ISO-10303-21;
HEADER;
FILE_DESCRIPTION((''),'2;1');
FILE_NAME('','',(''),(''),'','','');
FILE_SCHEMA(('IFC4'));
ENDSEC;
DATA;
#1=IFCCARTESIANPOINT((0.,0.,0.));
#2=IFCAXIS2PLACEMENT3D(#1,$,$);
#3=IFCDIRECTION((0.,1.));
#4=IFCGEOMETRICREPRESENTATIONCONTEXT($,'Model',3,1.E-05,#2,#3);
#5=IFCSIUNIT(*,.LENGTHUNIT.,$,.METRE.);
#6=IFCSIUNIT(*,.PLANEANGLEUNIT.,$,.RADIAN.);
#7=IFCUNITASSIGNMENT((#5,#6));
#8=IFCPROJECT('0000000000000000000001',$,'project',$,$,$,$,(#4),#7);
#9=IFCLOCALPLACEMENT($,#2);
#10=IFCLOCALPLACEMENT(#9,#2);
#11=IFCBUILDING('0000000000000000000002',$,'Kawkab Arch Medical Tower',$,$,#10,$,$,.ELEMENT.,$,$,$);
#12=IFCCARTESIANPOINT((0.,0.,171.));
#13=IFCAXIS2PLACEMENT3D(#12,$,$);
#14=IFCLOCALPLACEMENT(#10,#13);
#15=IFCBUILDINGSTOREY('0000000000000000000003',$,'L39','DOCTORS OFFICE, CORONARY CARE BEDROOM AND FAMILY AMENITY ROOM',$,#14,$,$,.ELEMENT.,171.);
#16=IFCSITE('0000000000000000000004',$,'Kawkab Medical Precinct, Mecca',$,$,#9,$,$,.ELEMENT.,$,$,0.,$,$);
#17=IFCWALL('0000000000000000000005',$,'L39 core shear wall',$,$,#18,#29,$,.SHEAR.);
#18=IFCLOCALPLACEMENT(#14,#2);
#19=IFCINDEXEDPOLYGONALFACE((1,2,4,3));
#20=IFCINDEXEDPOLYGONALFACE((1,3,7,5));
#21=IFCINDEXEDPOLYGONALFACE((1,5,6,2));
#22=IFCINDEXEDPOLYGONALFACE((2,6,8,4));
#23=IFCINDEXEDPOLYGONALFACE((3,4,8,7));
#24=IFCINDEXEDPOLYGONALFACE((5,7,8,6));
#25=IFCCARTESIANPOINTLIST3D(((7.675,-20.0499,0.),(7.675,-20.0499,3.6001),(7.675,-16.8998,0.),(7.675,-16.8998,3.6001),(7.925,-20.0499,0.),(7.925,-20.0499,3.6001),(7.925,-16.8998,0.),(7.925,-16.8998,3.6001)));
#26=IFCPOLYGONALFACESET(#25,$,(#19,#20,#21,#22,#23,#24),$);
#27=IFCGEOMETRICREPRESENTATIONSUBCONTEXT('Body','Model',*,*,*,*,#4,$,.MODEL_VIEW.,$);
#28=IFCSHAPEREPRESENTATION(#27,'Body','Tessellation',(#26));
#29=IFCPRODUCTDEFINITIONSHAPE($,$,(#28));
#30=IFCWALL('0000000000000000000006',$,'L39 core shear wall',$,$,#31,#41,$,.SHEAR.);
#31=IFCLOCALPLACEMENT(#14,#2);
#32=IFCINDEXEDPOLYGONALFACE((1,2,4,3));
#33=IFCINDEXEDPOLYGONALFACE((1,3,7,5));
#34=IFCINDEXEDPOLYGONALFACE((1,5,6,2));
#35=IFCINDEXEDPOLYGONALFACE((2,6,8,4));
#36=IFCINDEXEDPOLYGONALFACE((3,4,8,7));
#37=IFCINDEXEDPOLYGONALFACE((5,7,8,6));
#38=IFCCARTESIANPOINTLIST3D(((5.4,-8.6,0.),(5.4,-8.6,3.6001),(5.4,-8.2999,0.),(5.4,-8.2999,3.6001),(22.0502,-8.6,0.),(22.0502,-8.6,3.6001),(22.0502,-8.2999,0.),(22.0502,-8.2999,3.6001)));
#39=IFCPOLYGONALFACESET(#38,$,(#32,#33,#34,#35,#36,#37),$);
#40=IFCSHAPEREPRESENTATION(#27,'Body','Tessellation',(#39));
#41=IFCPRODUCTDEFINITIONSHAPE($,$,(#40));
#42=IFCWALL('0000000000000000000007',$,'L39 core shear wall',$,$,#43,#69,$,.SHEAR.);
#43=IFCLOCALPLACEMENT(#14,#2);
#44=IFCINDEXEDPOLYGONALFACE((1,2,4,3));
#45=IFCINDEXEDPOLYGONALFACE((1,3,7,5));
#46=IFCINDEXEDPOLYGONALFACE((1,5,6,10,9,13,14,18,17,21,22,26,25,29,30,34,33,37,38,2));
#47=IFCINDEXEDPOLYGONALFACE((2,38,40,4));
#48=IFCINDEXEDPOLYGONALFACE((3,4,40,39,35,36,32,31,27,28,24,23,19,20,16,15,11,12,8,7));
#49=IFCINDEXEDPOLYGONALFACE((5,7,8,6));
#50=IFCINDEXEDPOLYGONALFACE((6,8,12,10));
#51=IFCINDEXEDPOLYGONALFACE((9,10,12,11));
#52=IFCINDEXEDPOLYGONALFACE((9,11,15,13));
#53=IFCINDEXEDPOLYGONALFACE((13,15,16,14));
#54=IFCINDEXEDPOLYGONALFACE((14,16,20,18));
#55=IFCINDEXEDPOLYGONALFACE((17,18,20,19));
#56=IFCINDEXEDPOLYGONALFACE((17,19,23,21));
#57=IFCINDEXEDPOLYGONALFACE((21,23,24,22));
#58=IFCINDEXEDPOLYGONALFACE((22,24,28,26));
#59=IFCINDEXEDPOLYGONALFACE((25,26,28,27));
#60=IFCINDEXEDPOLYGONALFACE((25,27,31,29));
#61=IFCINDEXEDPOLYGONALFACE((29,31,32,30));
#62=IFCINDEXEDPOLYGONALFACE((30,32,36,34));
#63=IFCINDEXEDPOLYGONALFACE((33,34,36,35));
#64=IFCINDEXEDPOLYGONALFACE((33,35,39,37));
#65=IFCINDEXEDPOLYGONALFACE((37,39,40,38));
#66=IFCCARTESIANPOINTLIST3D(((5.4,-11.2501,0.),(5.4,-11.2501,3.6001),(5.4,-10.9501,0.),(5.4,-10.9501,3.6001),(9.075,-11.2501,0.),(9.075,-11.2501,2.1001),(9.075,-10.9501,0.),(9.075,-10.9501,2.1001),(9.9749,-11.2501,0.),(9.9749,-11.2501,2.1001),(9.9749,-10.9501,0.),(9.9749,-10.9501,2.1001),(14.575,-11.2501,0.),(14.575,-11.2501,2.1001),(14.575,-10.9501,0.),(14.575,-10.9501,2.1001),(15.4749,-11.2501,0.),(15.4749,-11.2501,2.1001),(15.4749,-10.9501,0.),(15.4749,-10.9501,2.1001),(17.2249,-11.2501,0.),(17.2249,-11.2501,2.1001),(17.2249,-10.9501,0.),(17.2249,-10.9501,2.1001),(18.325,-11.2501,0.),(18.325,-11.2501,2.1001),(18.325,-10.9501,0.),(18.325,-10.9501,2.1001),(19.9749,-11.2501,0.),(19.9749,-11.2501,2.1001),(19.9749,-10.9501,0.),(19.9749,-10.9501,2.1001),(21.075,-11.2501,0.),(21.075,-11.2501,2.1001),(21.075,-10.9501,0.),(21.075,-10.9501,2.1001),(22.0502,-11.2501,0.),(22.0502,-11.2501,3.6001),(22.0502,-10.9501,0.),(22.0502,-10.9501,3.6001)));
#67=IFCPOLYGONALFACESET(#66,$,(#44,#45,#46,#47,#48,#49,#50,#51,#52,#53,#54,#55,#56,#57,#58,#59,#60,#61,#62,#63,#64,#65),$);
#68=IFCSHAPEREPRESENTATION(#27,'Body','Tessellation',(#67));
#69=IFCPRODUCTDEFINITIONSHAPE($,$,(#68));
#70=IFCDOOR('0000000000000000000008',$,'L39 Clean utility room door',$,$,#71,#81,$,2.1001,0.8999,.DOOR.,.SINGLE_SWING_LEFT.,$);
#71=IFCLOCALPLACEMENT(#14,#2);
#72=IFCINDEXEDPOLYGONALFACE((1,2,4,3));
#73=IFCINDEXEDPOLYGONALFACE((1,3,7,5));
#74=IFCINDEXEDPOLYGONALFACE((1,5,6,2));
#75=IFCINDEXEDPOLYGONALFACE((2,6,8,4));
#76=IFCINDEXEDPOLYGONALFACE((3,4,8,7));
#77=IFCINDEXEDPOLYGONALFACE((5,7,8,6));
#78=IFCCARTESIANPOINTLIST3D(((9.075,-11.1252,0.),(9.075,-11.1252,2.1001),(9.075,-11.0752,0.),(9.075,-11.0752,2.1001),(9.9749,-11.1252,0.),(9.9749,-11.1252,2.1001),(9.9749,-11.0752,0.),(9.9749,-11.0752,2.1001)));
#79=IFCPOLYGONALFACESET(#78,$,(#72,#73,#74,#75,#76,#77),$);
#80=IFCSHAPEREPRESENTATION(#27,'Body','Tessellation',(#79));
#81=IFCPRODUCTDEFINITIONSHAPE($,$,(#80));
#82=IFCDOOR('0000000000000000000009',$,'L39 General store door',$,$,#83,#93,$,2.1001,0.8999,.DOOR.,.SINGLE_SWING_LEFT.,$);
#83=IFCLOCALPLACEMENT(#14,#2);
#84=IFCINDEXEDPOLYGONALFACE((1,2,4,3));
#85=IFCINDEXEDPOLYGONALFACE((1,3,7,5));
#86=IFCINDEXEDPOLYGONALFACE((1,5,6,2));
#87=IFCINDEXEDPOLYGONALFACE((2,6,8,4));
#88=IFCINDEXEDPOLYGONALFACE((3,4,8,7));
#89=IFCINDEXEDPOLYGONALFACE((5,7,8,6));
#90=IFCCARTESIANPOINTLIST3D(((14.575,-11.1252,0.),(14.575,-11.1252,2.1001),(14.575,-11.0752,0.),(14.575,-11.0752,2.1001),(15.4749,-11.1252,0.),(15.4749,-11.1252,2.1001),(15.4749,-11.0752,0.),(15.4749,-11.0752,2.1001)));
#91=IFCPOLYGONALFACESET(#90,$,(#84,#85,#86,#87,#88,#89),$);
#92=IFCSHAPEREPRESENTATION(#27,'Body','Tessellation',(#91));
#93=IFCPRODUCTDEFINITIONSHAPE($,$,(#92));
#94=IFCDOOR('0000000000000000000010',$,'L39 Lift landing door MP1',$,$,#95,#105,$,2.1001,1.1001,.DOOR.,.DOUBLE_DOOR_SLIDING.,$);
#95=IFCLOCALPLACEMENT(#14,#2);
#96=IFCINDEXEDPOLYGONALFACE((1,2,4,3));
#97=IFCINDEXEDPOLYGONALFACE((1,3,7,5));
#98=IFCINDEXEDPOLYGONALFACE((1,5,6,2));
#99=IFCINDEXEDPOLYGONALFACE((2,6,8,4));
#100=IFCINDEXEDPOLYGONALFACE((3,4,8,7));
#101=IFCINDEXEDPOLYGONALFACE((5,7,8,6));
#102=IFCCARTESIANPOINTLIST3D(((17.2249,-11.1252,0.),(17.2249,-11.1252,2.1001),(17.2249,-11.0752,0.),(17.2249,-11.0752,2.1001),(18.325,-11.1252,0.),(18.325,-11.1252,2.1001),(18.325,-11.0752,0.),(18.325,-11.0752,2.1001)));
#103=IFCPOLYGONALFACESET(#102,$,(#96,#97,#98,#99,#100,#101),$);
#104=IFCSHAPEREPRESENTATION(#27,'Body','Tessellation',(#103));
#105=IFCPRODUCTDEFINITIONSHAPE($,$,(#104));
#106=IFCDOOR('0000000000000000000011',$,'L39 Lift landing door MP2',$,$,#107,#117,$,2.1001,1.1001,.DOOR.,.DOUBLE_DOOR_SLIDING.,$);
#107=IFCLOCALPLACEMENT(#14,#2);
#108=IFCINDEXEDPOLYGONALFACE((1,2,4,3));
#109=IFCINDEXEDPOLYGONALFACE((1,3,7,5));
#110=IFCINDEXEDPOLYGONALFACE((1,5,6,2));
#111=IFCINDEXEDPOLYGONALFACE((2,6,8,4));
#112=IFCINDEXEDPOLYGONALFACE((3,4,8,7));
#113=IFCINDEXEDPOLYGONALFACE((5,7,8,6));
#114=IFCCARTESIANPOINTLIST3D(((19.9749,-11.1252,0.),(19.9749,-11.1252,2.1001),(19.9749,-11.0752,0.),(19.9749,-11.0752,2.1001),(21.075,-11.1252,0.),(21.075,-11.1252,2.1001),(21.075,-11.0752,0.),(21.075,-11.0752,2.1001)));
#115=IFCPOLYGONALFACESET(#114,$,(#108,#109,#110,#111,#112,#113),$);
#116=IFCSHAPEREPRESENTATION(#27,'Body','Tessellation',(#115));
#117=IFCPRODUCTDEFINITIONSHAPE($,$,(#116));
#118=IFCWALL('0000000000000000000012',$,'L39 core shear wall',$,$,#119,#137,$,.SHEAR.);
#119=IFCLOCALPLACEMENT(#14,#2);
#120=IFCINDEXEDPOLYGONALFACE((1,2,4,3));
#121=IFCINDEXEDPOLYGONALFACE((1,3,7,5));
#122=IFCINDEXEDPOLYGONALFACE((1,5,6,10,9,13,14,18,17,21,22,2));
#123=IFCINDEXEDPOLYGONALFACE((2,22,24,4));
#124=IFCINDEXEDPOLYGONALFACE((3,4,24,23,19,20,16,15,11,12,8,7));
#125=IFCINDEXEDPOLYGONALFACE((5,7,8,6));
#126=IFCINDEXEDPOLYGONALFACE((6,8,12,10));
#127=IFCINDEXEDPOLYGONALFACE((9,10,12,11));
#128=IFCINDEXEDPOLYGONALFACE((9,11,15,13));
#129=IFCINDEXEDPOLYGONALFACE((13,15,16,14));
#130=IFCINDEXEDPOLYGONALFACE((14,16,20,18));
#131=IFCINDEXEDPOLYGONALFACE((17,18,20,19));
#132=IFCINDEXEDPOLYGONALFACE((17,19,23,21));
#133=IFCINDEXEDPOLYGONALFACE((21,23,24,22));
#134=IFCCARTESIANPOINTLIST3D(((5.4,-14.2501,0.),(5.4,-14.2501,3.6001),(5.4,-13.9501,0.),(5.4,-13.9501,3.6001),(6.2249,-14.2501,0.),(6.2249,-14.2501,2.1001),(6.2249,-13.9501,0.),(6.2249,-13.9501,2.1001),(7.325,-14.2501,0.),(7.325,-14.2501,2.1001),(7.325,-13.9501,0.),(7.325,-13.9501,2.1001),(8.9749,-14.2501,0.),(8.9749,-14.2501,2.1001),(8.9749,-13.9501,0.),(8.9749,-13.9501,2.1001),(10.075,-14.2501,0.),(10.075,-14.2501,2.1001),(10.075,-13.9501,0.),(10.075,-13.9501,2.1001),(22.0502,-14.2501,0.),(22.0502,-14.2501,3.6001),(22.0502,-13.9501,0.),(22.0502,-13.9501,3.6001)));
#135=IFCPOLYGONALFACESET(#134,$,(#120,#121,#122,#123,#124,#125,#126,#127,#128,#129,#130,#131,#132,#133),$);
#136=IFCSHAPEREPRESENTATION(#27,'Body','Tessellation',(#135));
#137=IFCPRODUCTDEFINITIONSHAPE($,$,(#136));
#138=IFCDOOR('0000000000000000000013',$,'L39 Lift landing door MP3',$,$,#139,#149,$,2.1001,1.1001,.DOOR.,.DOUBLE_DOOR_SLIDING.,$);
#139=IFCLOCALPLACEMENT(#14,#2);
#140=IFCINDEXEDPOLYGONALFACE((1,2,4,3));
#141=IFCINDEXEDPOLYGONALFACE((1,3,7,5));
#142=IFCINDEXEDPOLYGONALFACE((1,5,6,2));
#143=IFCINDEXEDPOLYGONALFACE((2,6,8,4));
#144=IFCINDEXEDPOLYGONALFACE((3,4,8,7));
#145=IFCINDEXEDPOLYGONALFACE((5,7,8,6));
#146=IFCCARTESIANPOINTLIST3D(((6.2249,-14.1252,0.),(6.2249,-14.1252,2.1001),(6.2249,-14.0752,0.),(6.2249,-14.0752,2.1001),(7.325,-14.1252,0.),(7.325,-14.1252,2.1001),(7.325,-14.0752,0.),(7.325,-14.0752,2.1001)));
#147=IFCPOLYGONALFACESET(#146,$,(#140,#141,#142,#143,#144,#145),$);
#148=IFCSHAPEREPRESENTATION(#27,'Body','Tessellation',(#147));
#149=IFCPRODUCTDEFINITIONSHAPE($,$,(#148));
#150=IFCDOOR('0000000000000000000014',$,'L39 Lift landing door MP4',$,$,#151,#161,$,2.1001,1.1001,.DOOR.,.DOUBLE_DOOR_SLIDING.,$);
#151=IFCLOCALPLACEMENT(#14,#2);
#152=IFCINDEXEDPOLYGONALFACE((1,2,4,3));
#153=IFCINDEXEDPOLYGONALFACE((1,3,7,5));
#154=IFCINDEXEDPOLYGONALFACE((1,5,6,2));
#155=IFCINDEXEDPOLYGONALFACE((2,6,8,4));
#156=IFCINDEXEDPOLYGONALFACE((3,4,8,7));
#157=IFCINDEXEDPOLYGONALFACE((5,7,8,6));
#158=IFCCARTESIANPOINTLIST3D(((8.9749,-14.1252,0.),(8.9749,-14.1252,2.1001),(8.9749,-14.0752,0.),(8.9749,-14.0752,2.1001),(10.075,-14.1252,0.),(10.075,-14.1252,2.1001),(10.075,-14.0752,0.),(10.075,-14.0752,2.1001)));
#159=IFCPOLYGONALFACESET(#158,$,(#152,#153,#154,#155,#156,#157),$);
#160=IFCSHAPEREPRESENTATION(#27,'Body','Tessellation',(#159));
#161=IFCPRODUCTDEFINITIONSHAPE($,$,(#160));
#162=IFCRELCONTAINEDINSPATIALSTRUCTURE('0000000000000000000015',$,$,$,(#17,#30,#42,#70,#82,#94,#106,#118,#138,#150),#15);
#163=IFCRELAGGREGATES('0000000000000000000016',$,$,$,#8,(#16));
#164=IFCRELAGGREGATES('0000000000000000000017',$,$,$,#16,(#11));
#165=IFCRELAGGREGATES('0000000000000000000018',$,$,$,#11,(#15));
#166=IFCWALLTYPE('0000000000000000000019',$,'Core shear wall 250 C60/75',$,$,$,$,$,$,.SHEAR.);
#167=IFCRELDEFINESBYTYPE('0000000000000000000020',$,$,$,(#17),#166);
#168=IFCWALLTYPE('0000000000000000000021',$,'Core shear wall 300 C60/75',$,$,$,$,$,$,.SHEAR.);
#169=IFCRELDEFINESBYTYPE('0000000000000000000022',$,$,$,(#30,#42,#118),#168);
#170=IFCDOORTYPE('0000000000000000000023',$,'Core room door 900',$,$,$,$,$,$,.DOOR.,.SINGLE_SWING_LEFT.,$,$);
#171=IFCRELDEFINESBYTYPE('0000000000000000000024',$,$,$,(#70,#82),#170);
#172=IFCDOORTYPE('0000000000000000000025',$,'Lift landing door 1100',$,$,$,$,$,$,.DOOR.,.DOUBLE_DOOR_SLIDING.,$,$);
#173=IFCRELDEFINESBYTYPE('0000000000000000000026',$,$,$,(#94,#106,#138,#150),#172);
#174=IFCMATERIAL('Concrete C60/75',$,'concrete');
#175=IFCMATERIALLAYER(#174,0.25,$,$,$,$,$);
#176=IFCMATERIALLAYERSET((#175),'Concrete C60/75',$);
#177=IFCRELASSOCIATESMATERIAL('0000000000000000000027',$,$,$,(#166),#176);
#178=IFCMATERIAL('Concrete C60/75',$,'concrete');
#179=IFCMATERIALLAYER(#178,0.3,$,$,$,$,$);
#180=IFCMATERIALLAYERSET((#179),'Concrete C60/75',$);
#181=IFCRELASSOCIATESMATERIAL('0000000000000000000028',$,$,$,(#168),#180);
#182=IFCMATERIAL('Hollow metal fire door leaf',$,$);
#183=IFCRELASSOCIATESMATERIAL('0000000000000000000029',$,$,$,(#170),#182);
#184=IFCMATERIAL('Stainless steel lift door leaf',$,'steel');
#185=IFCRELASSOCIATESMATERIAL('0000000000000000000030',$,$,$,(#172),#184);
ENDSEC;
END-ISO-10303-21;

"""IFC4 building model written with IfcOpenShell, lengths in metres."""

from ifc_helpers import new_model, si_unit, direction, frame, frame_2d, origin, place, context, subcontext, project, spatial, rectangle, extrude, material, layer, layer_set, type_object, element, fill, save


model = new_model("IFC4")

# Units and contexts
model_context = context("Model", 3, precision=1e-05, world=origin(), true_north=direction((0.0, 1.0)))
body_context = subcontext(model_context, "Body", "Model", "MODEL_VIEW")
ifc_project = project(units=[si_unit("LENGTHUNIT", "METRE"), si_unit("PLANEANGLEUNIT", "RADIAN")], contexts=[model_context])

# Site, building, storey
site_placement = place(None, origin())
site = spatial("IfcSite", under=ifc_project, at=site_placement, Name="Kawkab Medical Precinct, Mecca", CompositionType="ELEMENT", RefElevation=0.0)
building_placement = place(site_placement, origin())
building = spatial("IfcBuilding", under=site, at=building_placement, Name="Kawkab Arch Medical Tower", CompositionType="ELEMENT")
storey_placement = place(building_placement, frame((0.0, 0.0, 171.0)))
storey = spatial("IfcBuildingStorey", under=building, at=storey_placement, Name="L39", Description="DOCTORS OFFICE, CORONARY CARE BEDROOM AND FAMILY AMENITY ROOM", CompositionType="ELEMENT", Elevation=171.0)

# Walls
ifc_material_1 = material(Name="Concrete C60/75", Category="concrete")
ifc_layer_1 = layer(ifc_material_1, 0.25)
ifc_layer_set_1 = layer_set([ifc_layer_1], Name="Concrete C60/75")
wall_type_1 = type_object("IfcWallType", Name="Core shear wall 250 C60/75", PredefinedType="SHEAR", material=ifc_layer_set_1)
wall_1_placement = place(storey_placement, frame((7.8, -20.05, 0.0), z_axis=(0.0, 0.0, 1.0), x_axis=(0.0, 1.0, 0.0)))
element("IfcWall", 1, at=wall_1_placement, inside=storey, type_object=wall_type_1, Name="L39 core shear wall", PredefinedType="SHEAR", context=body_context, shape_type="SweptSolid", body=[
    extrude(rectangle(XDim=3.1501, YDim=0.25, at=frame_2d((1.5752, 0.0))), origin(), (0.0, 0.0, 1.0), 3.6001),
])
ifc_material_2 = material(Name="Concrete C60/75", Category="concrete")
ifc_layer_2 = layer(ifc_material_2, 0.3)
ifc_layer_set_2 = layer_set([ifc_layer_2], Name="Concrete C60/75")
wall_type_2 = type_object("IfcWallType", Name="Core shear wall 300 C60/75", PredefinedType="SHEAR", material=ifc_layer_set_2)
wall_2_placement = place(storey_placement, frame((5.3999, -8.45, 0.0), z_axis=(0.0, 0.0, 1.0), x_axis=(1.0, 0.0, 0.0)))
element("IfcWall", 2, at=wall_2_placement, inside=storey, type_object=wall_type_2, Name="L39 core shear wall", PredefinedType="SHEAR", context=body_context, shape_type="SweptSolid", body=[
    extrude(rectangle(XDim=16.6501, YDim=0.3, at=frame_2d((8.3252, 0.0))), origin(), (0.0, 0.0, 1.0), 3.6001),
])

# Walls, openings, doors
wall_3_placement = place(storey_placement, frame((5.3999, -11.1001, 0.0), z_axis=(0.0, 0.0, 1.0), x_axis=(1.0, 0.0, 0.0)))
wall_3 = element("IfcWall", 3, at=wall_3_placement, inside=storey, type_object=wall_type_2, Name="L39 core shear wall", PredefinedType="SHEAR", context=body_context, shape_type="SweptSolid", body=[
    extrude(rectangle(XDim=16.6501, YDim=0.3, at=frame_2d((8.3252, 0.0))), origin(), (0.0, 0.0, 1.0), 3.6001),
])
opening_1_placement = place(wall_3_placement, frame((11.825, 0.0, 0.0)))
opening_1 = element("IfcOpeningElement", 4, at=opening_1_placement, cuts=wall_3, PredefinedType="OPENING", context=body_context, shape_type="SweptSolid", body=[
    extrude(rectangle(XDim=1.1001, YDim=2.1001, at=frame_2d((0.55, 1.05))), frame((0.0, 0.1599, 0.0), z_axis=(0.0, -1.0, 0.0), x_axis=(1.0, 0.0, 0.0)), (0.0, 0.0, 1.0), 0.3201),
])
opening_2_placement = place(wall_3_placement, frame((14.575, 0.0, 0.0)))
opening_2 = element("IfcOpeningElement", 5, at=opening_2_placement, cuts=wall_3, PredefinedType="OPENING", context=body_context, shape_type="SweptSolid", body=[
    extrude(rectangle(XDim=1.1001, YDim=2.1001, at=frame_2d((0.55, 1.05))), frame((0.0, 0.1599, 0.0), z_axis=(0.0, -1.0, 0.0), x_axis=(1.0, 0.0, 0.0)), (0.0, 0.0, 1.0), 0.3201),
])
opening_3_placement = place(wall_3_placement, frame((3.675, 0.0, 0.0)))
opening_3 = element("IfcOpeningElement", 6, at=opening_3_placement, cuts=wall_3, PredefinedType="OPENING", context=body_context, shape_type="SweptSolid", body=[
    extrude(rectangle(XDim=0.8999, YDim=2.1001, at=frame_2d((0.45, 1.05))), frame((0.0, 0.1599, 0.0), z_axis=(0.0, -1.0, 0.0), x_axis=(1.0, 0.0, 0.0)), (0.0, 0.0, 1.0), 0.3201),
])
opening_4_placement = place(wall_3_placement, frame((9.175, 0.0, 0.0)))
opening_4 = element("IfcOpeningElement", 7, at=opening_4_placement, cuts=wall_3, PredefinedType="OPENING", context=body_context, shape_type="SweptSolid", body=[
    extrude(rectangle(XDim=0.8999, YDim=2.1001, at=frame_2d((0.45, 1.05))), frame((0.0, 0.1599, 0.0), z_axis=(0.0, -1.0, 0.0), x_axis=(1.0, 0.0, 0.0)), (0.0, 0.0, 1.0), 0.3201),
])
ifc_material_3 = material(Name="Hollow metal fire door leaf")
door_type_1 = type_object("IfcDoorType", Name="Core room door 900", OperationType="SINGLE_SWING_LEFT", PredefinedType="DOOR", material=ifc_material_3)
door_1_placement = place(opening_3_placement, origin())
door_1 = element("IfcDoor", 8, at=door_1_placement, inside=storey, type_object=door_type_1, Name="L39 Clean utility room door", OperationType="SINGLE_SWING_LEFT", OverallHeight=2.1001, OverallWidth=0.8999, PredefinedType="DOOR", context=body_context, shape_type="SweptSolid", body=[
    extrude(rectangle(XDim=0.8999, YDim=2.1001, at=frame_2d((0.45, 1.05))), frame((0.0, 0.0249, 0.0), z_axis=(0.0, -1.0, 0.0), x_axis=(1.0, 0.0, 0.0)), (0.0, 0.0, 1.0), 0.05),
])
fill(opening_3, door_1)
door_2_placement = place(opening_4_placement, origin())
door_2 = element("IfcDoor", 9, at=door_2_placement, inside=storey, type_object=door_type_1, Name="L39 General store door", OperationType="SINGLE_SWING_LEFT", OverallHeight=2.1001, OverallWidth=0.8999, PredefinedType="DOOR", context=body_context, shape_type="SweptSolid", body=[
    extrude(rectangle(XDim=0.8999, YDim=2.1001, at=frame_2d((0.45, 1.05))), frame((0.0, 0.0249, 0.0), z_axis=(0.0, -1.0, 0.0), x_axis=(1.0, 0.0, 0.0)), (0.0, 0.0, 1.0), 0.05),
])
fill(opening_4, door_2)
ifc_material_4 = material(Name="Stainless steel lift door leaf", Category="steel")
door_type_2 = type_object("IfcDoorType", Name="Lift landing door 1100", OperationType="DOUBLE_DOOR_SLIDING", PredefinedType="DOOR", material=ifc_material_4)
door_3_placement = place(opening_1_placement, origin())
door_3 = element("IfcDoor", 10, at=door_3_placement, inside=storey, type_object=door_type_2, Name="L39 Lift landing door MP1", OperationType="DOUBLE_DOOR_SLIDING", OverallHeight=2.1001, OverallWidth=1.1001, PredefinedType="DOOR", context=body_context, shape_type="SweptSolid", body=[
    extrude(rectangle(XDim=1.1001, YDim=2.1001, at=frame_2d((0.55, 1.05))), frame((0.0, 0.0249, 0.0), z_axis=(0.0, -1.0, 0.0), x_axis=(1.0, 0.0, 0.0)), (0.0, 0.0, 1.0), 0.05),
])
fill(opening_1, door_3)
door_4_placement = place(opening_2_placement, origin())
door_4 = element("IfcDoor", 11, at=door_4_placement, inside=storey, type_object=door_type_2, Name="L39 Lift landing door MP2", OperationType="DOUBLE_DOOR_SLIDING", OverallHeight=2.1001, OverallWidth=1.1001, PredefinedType="DOOR", context=body_context, shape_type="SweptSolid", body=[
    extrude(rectangle(XDim=1.1001, YDim=2.1001, at=frame_2d((0.55, 1.05))), frame((0.0, 0.0249, 0.0), z_axis=(0.0, -1.0, 0.0), x_axis=(1.0, 0.0, 0.0)), (0.0, 0.0, 1.0), 0.05),
])
fill(opening_2, door_4)
wall_4_placement = place(storey_placement, frame((5.3999, -14.1001, 0.0), z_axis=(0.0, 0.0, 1.0), x_axis=(1.0, 0.0, 0.0)))
wall_4 = element("IfcWall", 12, at=wall_4_placement, inside=storey, type_object=wall_type_2, Name="L39 core shear wall", PredefinedType="SHEAR", context=body_context, shape_type="SweptSolid", body=[
    extrude(rectangle(XDim=16.6501, YDim=0.3, at=frame_2d((8.3252, 0.0))), origin(), (0.0, 0.0, 1.0), 3.6001),
])
opening_5_placement = place(wall_4_placement, frame((0.825, 0.0, 0.0)))
opening_5 = element("IfcOpeningElement", 13, at=opening_5_placement, cuts=wall_4, PredefinedType="OPENING", context=body_context, shape_type="SweptSolid", body=[
    extrude(rectangle(XDim=1.1001, YDim=2.1001, at=frame_2d((0.55, 1.05))), frame((0.0, 0.1599, 0.0), z_axis=(0.0, -1.0, 0.0), x_axis=(1.0, 0.0, 0.0)), (0.0, 0.0, 1.0), 0.3201),
])
opening_6_placement = place(wall_4_placement, frame((3.575, 0.0, 0.0)))
opening_6 = element("IfcOpeningElement", 14, at=opening_6_placement, cuts=wall_4, PredefinedType="OPENING", context=body_context, shape_type="SweptSolid", body=[
    extrude(rectangle(XDim=1.1001, YDim=2.1001, at=frame_2d((0.55, 1.05))), frame((0.0, 0.1599, 0.0), z_axis=(0.0, -1.0, 0.0), x_axis=(1.0, 0.0, 0.0)), (0.0, 0.0, 1.0), 0.3201),
])
door_5_placement = place(opening_5_placement, origin())
door_5 = element("IfcDoor", 15, at=door_5_placement, inside=storey, type_object=door_type_2, Name="L39 Lift landing door MP3", OperationType="DOUBLE_DOOR_SLIDING", OverallHeight=2.1001, OverallWidth=1.1001, PredefinedType="DOOR", context=body_context, shape_type="SweptSolid", body=[
    extrude(rectangle(XDim=1.1001, YDim=2.1001, at=frame_2d((0.55, 1.05))), frame((0.0, 0.0249, 0.0), z_axis=(0.0, -1.0, 0.0), x_axis=(1.0, 0.0, 0.0)), (0.0, 0.0, 1.0), 0.05),
])
fill(opening_5, door_5)
door_6_placement = place(opening_6_placement, origin())
door_6 = element("IfcDoor", 16, at=door_6_placement, inside=storey, type_object=door_type_2, Name="L39 Lift landing door MP4", OperationType="DOUBLE_DOOR_SLIDING", OverallHeight=2.1001, OverallWidth=1.1001, PredefinedType="DOOR", context=body_context, shape_type="SweptSolid", body=[
    extrude(rectangle(XDim=1.1001, YDim=2.1001, at=frame_2d((0.55, 1.05))), frame((0.0, 0.0249, 0.0), z_axis=(0.0, -1.0, 0.0), x_axis=(1.0, 0.0, 0.0)), (0.0, 0.0, 1.0), 0.05),
])
fill(opening_6, door_6)

save(model, "model.ifc")
